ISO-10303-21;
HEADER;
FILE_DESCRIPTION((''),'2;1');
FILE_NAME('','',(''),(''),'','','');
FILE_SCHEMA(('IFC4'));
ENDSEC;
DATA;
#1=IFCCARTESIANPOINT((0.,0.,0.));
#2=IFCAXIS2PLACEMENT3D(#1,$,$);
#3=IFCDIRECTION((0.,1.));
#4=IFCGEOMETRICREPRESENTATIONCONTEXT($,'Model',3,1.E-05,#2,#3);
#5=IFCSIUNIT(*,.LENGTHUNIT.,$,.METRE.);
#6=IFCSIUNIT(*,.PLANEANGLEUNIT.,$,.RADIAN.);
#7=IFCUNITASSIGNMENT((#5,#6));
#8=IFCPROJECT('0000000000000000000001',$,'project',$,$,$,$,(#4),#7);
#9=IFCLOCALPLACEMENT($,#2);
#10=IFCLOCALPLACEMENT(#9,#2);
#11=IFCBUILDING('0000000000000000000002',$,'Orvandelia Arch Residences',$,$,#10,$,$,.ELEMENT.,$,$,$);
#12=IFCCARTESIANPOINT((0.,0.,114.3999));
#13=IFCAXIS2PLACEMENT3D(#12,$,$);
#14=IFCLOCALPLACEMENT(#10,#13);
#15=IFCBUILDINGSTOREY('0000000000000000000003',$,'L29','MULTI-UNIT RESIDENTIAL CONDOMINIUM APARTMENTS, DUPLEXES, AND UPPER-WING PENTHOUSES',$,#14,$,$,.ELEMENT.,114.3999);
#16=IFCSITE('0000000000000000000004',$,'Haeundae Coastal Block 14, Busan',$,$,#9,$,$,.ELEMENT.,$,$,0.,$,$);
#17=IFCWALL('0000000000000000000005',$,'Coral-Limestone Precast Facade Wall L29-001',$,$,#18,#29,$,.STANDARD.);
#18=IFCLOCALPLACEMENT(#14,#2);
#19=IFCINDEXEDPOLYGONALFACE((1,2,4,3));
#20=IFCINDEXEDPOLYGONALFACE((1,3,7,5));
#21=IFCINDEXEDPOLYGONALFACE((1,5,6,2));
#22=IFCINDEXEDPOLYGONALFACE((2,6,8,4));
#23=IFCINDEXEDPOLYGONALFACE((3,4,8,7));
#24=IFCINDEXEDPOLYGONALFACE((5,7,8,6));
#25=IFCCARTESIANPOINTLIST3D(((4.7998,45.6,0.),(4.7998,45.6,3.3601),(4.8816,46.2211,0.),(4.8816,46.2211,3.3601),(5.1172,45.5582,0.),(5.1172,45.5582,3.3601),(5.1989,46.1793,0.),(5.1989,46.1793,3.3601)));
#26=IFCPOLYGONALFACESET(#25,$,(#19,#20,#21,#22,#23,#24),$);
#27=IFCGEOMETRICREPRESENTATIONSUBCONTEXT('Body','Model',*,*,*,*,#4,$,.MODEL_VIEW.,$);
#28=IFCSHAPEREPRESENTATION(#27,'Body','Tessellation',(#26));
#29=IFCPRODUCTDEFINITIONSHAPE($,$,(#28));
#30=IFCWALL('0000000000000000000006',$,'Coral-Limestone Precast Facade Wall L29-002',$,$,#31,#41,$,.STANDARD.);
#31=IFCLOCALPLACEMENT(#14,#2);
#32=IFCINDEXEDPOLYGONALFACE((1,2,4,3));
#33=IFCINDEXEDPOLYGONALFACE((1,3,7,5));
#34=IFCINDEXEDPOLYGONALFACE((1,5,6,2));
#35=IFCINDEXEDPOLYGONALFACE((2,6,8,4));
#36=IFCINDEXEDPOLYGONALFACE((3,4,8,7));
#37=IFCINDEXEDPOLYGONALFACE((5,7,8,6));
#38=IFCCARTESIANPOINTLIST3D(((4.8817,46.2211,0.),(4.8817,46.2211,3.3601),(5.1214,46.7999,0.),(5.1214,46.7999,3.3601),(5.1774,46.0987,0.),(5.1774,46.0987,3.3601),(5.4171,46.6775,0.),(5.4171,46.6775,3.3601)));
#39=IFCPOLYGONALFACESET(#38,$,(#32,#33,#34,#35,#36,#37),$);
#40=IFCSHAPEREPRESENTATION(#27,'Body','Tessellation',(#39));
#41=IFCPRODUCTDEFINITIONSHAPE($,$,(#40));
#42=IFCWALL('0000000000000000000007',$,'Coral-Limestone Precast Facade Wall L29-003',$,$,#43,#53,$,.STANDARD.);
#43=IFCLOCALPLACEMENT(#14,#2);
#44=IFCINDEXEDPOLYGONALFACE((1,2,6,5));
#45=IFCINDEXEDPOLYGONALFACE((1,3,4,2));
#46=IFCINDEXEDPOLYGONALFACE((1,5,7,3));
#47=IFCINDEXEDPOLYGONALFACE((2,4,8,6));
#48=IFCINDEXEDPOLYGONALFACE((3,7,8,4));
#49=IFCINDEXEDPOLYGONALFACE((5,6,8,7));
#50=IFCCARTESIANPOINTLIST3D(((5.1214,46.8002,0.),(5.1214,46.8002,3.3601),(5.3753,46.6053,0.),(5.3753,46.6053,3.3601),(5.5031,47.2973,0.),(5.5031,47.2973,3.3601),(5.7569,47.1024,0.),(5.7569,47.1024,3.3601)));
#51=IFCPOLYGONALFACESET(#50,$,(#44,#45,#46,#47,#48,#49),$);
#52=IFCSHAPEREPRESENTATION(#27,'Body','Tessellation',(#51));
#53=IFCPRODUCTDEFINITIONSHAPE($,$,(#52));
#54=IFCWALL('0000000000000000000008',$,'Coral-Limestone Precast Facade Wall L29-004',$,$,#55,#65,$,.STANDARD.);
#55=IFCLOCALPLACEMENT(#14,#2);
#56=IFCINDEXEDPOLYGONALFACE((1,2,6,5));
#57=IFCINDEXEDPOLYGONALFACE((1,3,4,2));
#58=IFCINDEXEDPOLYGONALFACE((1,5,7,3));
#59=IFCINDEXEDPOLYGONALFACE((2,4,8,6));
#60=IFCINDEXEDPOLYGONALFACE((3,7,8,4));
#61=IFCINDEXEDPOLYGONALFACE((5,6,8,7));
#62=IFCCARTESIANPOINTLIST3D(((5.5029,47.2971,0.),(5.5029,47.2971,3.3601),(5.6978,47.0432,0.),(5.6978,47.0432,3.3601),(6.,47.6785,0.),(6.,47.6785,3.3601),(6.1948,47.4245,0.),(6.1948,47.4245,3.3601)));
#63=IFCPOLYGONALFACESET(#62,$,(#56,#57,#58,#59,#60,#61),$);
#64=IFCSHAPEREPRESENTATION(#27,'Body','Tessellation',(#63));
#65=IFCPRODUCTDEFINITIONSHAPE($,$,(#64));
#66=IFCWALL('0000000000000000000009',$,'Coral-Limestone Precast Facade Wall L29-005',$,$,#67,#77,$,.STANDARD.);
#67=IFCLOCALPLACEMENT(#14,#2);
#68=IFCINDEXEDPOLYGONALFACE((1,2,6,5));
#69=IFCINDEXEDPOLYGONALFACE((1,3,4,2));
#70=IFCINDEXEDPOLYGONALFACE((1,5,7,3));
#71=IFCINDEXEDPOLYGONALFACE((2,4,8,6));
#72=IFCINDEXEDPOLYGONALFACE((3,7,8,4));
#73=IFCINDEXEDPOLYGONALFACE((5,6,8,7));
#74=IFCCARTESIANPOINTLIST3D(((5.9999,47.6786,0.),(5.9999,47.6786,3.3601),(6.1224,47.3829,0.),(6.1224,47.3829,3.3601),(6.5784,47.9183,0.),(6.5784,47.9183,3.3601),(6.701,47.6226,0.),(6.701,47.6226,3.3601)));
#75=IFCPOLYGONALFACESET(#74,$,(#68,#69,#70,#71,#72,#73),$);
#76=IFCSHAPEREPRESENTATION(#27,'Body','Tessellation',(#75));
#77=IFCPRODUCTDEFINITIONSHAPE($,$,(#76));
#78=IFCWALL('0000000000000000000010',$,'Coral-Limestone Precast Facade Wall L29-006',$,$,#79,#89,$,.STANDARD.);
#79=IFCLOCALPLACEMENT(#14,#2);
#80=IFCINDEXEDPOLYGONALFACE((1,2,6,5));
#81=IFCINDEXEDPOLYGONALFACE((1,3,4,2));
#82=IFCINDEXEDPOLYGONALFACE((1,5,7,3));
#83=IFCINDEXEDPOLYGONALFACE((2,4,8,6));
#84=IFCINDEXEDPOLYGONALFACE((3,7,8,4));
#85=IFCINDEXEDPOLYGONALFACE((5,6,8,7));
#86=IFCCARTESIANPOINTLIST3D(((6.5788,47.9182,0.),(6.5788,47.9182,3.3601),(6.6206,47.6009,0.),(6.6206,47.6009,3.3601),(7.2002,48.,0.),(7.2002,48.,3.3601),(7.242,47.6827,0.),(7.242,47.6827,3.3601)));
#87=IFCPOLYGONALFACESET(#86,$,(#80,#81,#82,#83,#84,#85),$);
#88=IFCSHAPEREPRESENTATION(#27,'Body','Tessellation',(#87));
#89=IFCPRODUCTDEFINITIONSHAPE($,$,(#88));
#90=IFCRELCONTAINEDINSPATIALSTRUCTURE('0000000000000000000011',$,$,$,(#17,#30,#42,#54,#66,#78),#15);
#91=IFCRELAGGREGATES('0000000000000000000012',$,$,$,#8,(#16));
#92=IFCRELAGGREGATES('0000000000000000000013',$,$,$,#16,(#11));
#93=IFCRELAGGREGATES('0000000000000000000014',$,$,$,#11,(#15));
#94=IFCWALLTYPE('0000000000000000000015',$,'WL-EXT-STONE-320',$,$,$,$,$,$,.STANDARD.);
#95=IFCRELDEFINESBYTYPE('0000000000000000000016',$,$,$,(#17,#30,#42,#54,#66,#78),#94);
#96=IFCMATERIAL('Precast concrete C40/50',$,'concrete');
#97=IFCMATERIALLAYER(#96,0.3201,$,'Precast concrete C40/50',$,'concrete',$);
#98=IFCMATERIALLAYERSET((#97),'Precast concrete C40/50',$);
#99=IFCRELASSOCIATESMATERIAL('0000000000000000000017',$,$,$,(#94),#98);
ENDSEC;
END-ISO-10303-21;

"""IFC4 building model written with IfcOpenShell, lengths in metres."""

from ifc_helpers import new_model, si_unit, direction, frame, frame_2d, origin, place, context, subcontext, project, spatial, rectangle, extrude, material, layer, layer_set, type_object, element, save


model = new_model("IFC4")

# Units and contexts
model_context = context("Model", 3, precision=1e-05, world=origin(), true_north=direction((0.0, 1.0)))
body_context = subcontext(model_context, "Body", "Model", "MODEL_VIEW")
ifc_project = project(units=[si_unit("LENGTHUNIT", "METRE"), si_unit("PLANEANGLEUNIT", "RADIAN")], contexts=[model_context])

# Site, building, storey
site_placement = place(None, origin())
site = spatial("IfcSite", under=ifc_project, at=site_placement, Name="Haeundae Coastal Block 14, Busan", CompositionType="ELEMENT", RefElevation=0.0)
building_placement = place(site_placement, origin())
building = spatial("IfcBuilding", under=site, at=building_placement, Name="Orvandelia Arch Residences", CompositionType="ELEMENT")
storey_placement = place(building_placement, frame((0.0, 0.0, 114.3999)))
storey = spatial("IfcBuildingStorey", under=building, at=storey_placement, Name="L29", Description="MULTI-UNIT RESIDENTIAL CONDOMINIUM APARTMENTS, DUPLEXES, AND UPPER-WING PENTHOUSES", CompositionType="ELEMENT", Elevation=114.3999)

# Walls
ifc_material_1 = material(Name="Precast concrete C40/50", Category="concrete")
ifc_layer_1 = layer(ifc_material_1, 0.3201, Name="Precast concrete C40/50", Category="concrete")
ifc_layer_set_1 = layer_set([ifc_layer_1], Name="Precast concrete C40/50")
wall_type_1 = type_object("IfcWallType", Name="WL-EXT-STONE-320", PredefinedType="STANDARD", material=ifc_layer_set_1)
for number, where, z_axis, x_axis, name in (
    (1, (4.9585, 45.5791, 0.0), (0.0, 0.0, 1.0), (0.130555, 0.991441, 0.0), "Coral-Limestone Precast Facade Wall L29-001"),
    (2, (5.0295, 46.1599, 0.0), (0.0, 0.0, 1.0), (0.38265, 0.923893, 0.0), "Coral-Limestone Precast Facade Wall L29-002"),
):
    element("IfcWall", number, at=place(storey_placement, frame(where, z_axis=z_axis, x_axis=x_axis)), inside=storey, type_object=wall_type_1, Name=name, PredefinedType="STANDARD", context=body_context, shape_type="SweptSolid", body=[
        extrude(rectangle(XDim=0.6265, YDim=0.3201, at=frame_2d((0.3132, 0.0))), origin(), (0.0, 0.0, 1.0), 3.3601),
    ])
wall_1_placement = place(storey_placement, frame((5.2483, 46.7026, 0.0), z_axis=(0.0, 0.0, 1.0), x_axis=(0.608939, 0.793217, 0.0)))
element("IfcWall", 3, at=wall_1_placement, inside=storey, type_object=wall_type_1, Name="Coral-Limestone Precast Facade Wall L29-003", PredefinedType="STANDARD", context=body_context, shape_type="SweptSolid", body=[
    extrude(rectangle(XDim=0.6267, YDim=0.3201, at=frame_2d((0.3135, 0.0))), origin(), (0.0, 0.0, 1.0), 3.3601),
])
wall_2_placement = place(storey_placement, frame((5.6003, 47.1702, 0.0), z_axis=(0.0, 0.0, 1.0), x_axis=(0.793406, 0.608693, 0.0)))
element("IfcWall", 4, at=wall_2_placement, inside=storey, type_object=wall_type_1, Name="Coral-Limestone Precast Facade Wall L29-004", PredefinedType="STANDARD", context=body_context, shape_type="SweptSolid", body=[
    extrude(rectangle(XDim=0.6265, YDim=0.3201, at=frame_2d((0.3132, 0.0))), origin(), (0.0, 0.0, 1.0), 3.3601),
])
wall_3_placement = place(storey_placement, frame((6.0613, 47.5308, 0.0), z_axis=(0.0, 0.0, 1.0), x_axis=(0.923836, 0.382788, 0.0)))
element("IfcWall", 5, at=wall_3_placement, inside=storey, type_object=wall_type_1, Name="Coral-Limestone Precast Facade Wall L29-005", PredefinedType="STANDARD", context=body_context, shape_type="SweptSolid", body=[
    extrude(rectangle(XDim=0.6262, YDim=0.3201, at=frame_2d((0.313, 0.0))), origin(), (0.0, 0.0, 1.0), 3.3601),
])
wall_4_placement = place(storey_placement, frame((6.5996, 47.7595, 0.0), z_axis=(0.0, 0.0, 1.0), x_axis=(0.991448, 0.130505, 0.0)))
element("IfcWall", 6, at=wall_4_placement, inside=storey, type_object=wall_type_1, Name="Coral-Limestone Precast Facade Wall L29-006", PredefinedType="STANDARD", context=body_context, shape_type="SweptSolid", body=[
    extrude(rectangle(XDim=0.6267, YDim=0.3201, at=frame_2d((0.3135, 0.0))), origin(), (0.0, 0.0, 1.0), 3.3601),
])

save(model, "model.ifc")
